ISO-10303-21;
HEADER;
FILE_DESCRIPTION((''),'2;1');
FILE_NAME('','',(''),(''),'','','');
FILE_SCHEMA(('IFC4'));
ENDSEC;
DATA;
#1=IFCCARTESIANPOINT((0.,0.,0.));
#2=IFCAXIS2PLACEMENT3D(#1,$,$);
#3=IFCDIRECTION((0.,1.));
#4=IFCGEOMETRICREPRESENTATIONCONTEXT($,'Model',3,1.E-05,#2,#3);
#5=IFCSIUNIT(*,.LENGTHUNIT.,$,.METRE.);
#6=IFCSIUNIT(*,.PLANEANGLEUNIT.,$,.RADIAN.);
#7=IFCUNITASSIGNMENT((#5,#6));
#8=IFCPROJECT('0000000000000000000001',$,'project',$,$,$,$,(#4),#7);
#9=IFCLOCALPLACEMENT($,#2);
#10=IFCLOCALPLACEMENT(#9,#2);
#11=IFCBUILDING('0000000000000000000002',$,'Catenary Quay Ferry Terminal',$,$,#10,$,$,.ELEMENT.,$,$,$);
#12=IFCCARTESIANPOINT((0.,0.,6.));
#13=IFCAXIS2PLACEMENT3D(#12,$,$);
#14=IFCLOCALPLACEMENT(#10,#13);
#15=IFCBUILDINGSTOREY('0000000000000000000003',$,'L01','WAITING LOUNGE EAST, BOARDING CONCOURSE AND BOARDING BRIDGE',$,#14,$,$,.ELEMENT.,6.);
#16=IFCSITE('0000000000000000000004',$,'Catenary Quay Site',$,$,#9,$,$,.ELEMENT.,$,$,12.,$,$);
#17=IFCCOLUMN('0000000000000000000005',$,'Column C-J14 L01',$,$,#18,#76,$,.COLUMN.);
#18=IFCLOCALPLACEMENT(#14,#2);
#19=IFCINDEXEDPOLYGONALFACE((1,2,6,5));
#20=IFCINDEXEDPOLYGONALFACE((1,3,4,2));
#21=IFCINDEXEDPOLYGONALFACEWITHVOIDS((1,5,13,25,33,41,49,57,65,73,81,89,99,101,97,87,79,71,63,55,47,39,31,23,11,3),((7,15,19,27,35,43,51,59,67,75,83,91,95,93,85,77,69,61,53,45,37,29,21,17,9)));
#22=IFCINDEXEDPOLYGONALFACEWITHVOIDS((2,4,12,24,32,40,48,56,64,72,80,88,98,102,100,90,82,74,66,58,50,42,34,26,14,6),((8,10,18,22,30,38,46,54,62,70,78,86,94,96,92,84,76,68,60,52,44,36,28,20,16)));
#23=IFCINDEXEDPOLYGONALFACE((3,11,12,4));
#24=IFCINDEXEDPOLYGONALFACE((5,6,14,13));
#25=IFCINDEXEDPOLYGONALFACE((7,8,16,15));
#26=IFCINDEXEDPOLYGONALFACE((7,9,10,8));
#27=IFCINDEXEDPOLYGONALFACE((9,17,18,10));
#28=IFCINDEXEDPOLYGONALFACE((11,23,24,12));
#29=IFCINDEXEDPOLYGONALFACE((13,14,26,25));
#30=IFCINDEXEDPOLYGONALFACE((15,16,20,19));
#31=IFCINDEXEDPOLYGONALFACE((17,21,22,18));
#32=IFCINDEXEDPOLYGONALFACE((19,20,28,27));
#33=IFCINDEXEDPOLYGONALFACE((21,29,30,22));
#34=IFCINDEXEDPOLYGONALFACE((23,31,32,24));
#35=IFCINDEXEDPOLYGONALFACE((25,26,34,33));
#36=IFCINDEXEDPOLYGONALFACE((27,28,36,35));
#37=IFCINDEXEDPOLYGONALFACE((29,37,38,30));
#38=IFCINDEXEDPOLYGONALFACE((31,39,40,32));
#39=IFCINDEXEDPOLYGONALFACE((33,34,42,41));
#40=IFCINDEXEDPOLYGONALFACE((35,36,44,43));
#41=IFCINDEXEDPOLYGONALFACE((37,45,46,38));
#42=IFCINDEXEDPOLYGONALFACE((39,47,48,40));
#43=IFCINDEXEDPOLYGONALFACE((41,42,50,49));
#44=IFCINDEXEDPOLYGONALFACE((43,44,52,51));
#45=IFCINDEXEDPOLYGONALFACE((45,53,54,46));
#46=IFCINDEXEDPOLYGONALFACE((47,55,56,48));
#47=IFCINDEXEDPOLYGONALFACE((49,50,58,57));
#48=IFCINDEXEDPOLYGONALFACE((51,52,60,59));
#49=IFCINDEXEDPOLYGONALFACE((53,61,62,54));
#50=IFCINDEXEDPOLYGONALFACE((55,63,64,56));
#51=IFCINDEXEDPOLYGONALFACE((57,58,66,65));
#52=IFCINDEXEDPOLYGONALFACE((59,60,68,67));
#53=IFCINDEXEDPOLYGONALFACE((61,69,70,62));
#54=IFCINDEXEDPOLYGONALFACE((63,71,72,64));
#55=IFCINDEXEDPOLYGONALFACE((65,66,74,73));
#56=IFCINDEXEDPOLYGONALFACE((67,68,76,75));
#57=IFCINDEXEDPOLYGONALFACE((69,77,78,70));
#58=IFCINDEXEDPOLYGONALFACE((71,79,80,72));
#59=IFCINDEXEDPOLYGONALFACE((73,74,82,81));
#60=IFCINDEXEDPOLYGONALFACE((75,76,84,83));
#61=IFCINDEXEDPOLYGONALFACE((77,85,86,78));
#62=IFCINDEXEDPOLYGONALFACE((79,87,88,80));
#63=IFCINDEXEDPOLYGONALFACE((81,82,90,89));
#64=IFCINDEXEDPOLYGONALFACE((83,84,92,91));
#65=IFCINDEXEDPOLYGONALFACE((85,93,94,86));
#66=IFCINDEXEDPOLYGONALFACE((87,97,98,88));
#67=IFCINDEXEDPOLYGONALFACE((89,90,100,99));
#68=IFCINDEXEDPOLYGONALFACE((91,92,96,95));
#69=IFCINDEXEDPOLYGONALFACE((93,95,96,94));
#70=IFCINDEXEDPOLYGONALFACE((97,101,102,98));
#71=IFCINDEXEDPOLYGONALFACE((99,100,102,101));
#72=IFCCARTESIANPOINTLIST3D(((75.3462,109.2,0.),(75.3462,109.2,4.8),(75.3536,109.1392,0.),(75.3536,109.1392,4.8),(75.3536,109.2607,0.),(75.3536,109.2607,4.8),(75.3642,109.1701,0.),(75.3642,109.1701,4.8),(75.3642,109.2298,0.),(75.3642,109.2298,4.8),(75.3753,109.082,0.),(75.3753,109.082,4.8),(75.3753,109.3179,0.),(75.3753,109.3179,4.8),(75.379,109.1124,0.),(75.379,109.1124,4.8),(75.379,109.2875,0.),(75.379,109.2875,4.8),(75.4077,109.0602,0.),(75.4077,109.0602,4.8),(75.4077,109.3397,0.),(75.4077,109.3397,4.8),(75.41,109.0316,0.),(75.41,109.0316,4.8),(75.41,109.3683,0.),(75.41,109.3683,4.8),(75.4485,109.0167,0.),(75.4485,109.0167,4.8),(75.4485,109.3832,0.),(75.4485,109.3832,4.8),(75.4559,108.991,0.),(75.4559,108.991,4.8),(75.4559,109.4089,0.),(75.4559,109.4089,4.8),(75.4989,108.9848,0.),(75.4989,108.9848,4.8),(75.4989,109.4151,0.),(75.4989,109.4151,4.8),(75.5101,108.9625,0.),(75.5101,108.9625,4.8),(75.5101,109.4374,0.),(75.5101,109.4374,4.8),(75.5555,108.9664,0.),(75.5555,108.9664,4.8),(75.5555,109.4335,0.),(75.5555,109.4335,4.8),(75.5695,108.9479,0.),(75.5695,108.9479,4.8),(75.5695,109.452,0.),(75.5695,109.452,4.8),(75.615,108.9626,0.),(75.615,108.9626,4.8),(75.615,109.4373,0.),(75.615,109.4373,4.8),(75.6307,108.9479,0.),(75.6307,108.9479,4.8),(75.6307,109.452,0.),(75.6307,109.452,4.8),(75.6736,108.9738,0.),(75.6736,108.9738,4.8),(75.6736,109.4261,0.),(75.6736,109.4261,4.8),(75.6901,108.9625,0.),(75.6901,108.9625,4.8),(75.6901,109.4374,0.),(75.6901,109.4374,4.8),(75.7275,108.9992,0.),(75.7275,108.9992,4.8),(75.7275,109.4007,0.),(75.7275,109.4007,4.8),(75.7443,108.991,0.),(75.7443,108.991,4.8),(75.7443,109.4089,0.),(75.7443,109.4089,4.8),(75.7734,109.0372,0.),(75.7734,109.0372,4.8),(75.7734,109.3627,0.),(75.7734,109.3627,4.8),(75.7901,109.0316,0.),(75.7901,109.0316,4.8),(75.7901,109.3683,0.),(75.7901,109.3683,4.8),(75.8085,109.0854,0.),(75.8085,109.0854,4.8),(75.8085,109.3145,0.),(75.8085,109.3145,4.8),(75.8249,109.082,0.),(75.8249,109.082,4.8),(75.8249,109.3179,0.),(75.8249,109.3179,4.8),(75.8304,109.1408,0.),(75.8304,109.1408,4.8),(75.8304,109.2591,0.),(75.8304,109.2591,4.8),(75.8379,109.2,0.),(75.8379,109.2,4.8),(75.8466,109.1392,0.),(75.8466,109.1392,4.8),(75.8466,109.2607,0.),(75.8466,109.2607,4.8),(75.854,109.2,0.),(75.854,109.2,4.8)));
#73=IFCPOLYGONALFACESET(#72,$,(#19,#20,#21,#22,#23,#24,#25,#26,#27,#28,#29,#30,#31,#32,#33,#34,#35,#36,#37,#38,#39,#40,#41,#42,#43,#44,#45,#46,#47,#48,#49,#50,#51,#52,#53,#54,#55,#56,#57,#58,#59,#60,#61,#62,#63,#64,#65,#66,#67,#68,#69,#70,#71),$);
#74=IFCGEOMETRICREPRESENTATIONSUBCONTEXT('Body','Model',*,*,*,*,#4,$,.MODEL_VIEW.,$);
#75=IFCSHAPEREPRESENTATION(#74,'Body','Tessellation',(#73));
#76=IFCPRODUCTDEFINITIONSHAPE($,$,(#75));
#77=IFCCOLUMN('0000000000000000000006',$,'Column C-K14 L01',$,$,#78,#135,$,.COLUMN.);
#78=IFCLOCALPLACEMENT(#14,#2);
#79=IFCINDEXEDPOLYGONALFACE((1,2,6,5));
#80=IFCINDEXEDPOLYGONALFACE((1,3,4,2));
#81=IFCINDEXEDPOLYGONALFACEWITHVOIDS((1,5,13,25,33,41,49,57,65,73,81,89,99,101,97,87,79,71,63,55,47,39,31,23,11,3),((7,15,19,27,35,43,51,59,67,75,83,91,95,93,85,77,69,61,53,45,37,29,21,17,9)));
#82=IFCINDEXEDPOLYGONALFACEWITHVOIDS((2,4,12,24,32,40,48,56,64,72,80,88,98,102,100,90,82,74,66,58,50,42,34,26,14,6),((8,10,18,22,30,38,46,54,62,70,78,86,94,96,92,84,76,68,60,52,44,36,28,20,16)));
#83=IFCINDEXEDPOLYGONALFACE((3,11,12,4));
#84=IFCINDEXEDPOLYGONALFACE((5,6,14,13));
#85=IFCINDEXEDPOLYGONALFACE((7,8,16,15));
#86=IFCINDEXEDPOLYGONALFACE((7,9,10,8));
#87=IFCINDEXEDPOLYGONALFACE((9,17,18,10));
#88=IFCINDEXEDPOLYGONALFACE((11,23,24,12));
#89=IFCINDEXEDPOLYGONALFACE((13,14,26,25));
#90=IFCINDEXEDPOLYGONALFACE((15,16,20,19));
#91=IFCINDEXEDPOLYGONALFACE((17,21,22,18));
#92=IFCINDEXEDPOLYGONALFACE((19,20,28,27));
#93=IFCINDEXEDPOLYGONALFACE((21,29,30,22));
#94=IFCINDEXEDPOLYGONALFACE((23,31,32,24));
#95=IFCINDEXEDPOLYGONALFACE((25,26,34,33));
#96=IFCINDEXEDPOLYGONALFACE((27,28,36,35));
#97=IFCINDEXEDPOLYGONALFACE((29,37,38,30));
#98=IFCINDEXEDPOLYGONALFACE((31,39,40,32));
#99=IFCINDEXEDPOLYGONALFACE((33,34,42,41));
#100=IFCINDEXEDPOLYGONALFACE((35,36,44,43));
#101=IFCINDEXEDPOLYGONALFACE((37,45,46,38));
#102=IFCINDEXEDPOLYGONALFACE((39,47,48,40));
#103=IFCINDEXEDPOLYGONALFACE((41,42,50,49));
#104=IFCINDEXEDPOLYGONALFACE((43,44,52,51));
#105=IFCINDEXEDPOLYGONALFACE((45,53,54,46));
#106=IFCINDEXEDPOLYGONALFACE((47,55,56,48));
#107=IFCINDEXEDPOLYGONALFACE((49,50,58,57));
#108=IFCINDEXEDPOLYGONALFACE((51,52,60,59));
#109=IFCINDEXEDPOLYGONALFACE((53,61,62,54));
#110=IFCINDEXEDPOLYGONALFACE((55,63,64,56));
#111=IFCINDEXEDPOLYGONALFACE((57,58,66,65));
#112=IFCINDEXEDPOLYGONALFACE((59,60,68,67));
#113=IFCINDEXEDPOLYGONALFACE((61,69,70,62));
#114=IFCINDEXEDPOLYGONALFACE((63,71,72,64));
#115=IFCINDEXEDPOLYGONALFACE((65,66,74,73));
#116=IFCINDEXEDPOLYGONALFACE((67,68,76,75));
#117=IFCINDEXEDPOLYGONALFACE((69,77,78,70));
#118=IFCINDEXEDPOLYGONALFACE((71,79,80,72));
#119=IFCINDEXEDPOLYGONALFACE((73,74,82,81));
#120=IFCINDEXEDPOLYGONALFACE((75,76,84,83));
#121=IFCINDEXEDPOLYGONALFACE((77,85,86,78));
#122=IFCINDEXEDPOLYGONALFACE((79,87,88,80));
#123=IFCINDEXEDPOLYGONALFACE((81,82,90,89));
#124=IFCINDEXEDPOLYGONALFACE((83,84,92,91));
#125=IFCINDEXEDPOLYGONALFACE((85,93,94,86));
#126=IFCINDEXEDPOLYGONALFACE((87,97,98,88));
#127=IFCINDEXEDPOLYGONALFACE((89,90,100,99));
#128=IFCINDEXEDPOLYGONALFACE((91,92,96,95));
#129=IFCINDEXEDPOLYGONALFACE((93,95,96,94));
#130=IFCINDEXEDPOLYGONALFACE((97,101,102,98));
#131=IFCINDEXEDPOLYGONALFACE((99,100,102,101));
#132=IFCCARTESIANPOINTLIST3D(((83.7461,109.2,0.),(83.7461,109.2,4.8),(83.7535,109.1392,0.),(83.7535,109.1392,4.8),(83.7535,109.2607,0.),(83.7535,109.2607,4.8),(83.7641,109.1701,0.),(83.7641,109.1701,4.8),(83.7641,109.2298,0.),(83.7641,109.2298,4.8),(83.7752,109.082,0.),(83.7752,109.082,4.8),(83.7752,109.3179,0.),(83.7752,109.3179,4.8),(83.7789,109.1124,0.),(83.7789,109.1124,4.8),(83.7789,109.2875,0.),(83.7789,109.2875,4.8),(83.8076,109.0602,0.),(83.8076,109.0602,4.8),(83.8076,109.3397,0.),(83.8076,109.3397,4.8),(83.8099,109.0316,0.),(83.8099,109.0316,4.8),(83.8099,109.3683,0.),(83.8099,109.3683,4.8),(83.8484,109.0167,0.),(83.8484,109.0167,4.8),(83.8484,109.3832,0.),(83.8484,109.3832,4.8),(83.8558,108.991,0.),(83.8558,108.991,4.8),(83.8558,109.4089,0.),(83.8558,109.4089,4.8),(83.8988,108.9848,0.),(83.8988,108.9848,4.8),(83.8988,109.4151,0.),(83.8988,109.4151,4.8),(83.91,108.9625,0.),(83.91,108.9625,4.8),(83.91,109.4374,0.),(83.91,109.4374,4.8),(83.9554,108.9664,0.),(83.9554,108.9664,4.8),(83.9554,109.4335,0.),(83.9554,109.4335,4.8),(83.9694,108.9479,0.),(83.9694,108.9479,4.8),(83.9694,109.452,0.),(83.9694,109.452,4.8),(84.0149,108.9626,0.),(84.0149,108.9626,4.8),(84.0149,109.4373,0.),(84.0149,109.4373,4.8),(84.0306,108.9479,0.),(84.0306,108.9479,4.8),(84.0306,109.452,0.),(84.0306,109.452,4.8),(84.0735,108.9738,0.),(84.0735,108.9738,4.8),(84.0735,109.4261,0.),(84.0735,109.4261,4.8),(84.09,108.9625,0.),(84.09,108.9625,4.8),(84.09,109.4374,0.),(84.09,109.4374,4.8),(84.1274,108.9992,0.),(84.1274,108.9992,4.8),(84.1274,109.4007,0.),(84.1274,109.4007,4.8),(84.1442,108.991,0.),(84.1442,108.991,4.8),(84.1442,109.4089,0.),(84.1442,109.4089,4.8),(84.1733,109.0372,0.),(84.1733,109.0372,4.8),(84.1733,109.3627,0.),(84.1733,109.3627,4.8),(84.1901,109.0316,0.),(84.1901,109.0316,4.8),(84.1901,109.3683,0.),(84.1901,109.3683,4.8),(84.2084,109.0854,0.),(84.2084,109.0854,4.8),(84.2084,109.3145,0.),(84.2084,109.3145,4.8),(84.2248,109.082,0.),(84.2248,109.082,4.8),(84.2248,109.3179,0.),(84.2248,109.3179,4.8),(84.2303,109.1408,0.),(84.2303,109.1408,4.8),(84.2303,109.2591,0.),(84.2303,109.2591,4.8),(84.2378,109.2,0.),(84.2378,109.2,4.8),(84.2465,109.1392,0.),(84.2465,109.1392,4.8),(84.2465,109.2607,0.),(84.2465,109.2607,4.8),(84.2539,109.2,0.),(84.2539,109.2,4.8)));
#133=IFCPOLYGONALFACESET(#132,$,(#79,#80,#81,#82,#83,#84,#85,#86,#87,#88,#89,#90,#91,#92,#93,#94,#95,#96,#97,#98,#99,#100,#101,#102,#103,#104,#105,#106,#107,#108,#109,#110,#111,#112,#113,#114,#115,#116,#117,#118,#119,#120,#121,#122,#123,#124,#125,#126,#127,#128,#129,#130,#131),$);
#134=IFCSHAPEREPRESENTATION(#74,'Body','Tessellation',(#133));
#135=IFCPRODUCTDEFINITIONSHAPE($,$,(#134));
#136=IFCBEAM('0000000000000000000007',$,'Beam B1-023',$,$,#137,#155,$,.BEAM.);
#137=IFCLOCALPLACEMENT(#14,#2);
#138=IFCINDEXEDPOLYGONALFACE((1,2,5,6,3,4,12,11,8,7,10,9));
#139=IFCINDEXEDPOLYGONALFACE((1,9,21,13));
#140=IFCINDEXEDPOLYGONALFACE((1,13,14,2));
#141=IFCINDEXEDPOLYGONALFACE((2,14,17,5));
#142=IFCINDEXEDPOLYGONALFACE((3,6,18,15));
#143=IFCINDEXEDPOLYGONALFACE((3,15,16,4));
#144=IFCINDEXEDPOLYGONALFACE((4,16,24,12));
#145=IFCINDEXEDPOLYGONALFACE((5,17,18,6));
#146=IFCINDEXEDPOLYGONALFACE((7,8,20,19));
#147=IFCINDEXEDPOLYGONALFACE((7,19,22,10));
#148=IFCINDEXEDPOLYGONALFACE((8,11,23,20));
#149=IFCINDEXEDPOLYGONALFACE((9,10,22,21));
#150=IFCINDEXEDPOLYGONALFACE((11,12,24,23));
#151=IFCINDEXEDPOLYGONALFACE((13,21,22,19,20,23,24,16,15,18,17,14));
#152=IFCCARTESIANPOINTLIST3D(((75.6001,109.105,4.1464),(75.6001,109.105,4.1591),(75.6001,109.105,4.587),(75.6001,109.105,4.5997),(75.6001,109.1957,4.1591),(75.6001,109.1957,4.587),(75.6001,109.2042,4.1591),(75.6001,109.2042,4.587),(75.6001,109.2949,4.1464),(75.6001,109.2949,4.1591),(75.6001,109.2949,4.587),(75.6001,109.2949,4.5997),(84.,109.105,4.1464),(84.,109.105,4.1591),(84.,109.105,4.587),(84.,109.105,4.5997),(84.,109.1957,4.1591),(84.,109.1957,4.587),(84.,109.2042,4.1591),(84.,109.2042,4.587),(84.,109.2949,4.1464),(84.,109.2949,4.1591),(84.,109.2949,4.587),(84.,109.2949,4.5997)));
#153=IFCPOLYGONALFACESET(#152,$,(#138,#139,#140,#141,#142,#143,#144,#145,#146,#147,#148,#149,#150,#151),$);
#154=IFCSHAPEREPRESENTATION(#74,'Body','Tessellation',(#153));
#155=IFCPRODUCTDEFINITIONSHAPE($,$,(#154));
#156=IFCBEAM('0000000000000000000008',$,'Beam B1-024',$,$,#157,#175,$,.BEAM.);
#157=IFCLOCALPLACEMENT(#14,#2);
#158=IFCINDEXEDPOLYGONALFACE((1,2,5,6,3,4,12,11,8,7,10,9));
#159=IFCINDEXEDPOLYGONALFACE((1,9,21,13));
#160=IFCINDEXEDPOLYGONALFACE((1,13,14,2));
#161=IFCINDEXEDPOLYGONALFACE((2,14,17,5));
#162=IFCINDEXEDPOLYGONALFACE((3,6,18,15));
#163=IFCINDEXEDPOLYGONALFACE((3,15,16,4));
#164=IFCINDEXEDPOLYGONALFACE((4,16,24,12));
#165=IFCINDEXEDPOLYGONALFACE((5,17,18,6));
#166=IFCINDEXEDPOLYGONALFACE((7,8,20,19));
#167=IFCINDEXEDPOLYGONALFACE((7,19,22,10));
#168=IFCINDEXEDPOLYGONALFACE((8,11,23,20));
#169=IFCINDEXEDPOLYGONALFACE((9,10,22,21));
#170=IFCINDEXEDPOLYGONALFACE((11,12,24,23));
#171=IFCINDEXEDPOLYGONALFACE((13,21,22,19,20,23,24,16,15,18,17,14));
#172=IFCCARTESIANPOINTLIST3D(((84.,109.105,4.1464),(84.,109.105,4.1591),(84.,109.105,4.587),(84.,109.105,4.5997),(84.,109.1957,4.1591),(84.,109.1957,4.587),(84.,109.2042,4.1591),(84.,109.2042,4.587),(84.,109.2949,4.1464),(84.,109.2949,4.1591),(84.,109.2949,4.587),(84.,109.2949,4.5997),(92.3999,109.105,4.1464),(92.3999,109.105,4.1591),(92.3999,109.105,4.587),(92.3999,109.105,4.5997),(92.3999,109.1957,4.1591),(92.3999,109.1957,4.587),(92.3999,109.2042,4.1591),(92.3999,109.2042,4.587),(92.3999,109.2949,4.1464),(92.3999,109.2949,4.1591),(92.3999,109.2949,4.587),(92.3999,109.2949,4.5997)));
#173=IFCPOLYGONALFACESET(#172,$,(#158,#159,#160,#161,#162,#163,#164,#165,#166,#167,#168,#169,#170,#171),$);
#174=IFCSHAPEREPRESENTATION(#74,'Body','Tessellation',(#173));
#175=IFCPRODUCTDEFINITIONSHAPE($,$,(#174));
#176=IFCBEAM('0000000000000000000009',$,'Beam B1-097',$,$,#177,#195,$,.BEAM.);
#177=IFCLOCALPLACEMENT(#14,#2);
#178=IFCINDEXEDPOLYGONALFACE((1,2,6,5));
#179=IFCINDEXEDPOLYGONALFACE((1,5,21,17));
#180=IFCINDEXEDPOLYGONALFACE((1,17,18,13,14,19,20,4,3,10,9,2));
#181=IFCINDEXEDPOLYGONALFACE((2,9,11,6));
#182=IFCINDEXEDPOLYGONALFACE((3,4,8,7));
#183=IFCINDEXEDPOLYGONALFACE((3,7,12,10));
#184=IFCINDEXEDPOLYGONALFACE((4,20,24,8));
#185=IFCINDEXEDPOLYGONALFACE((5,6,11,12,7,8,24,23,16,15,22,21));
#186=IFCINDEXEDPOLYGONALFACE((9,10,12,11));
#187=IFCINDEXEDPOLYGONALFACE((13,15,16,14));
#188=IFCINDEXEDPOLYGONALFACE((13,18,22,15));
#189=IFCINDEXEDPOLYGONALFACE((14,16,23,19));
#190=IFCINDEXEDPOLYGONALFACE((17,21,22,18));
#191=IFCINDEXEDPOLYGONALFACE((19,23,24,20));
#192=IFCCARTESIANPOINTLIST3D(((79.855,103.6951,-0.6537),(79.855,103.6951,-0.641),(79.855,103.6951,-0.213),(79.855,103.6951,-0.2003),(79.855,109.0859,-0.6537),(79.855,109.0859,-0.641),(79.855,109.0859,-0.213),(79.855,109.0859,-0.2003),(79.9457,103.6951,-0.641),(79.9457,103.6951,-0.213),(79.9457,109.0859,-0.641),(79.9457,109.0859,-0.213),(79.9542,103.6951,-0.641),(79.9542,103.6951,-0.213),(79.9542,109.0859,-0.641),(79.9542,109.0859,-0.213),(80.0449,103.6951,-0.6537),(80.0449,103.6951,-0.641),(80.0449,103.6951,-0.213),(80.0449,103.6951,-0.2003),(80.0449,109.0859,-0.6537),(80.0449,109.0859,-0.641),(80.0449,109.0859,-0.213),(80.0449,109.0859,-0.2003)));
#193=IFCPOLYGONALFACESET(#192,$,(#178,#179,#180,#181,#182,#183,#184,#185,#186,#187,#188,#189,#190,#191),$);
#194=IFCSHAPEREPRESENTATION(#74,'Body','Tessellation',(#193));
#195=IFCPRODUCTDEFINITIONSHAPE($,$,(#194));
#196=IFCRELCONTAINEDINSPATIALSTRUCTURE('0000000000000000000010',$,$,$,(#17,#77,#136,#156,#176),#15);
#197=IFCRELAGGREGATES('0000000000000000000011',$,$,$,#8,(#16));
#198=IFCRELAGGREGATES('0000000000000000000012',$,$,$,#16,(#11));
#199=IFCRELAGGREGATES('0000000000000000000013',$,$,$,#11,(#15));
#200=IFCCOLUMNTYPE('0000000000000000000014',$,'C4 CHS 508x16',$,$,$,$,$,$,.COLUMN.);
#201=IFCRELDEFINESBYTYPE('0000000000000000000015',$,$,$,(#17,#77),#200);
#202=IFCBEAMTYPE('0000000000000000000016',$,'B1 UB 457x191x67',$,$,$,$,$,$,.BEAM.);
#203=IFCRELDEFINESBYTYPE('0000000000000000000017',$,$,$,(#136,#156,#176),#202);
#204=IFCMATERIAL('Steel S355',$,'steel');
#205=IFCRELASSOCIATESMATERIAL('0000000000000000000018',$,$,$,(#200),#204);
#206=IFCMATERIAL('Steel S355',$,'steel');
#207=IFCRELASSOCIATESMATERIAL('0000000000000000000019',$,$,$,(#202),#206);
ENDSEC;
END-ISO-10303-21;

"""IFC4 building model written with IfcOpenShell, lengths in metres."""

from ifc_helpers import new_model, si_unit, direction, frame, origin, origin_2d, place, context, subcontext, project, spatial, hollow_circle, i_section, extrude, material, material_profile, profile_set, type_object, element, save


model = new_model("IFC4")

# Units and contexts
model_context = context("Model", 3, precision=1e-05, world=origin(), true_north=direction((0.0, 1.0)))
body_context = subcontext(model_context, "Body", "Model", "MODEL_VIEW")
ifc_project = project(units=[si_unit("LENGTHUNIT", "METRE"), si_unit("PLANEANGLEUNIT", "RADIAN")], contexts=[model_context])

# Site, building, storey
site_placement = place(None, origin())
site = spatial("IfcSite", under=ifc_project, at=site_placement, Name="Catenary Quay Site", CompositionType="ELEMENT", RefElevation=12.0)
building_placement = place(site_placement, origin())
building = spatial("IfcBuilding", under=site, at=building_placement, Name="Catenary Quay Ferry Terminal", CompositionType="ELEMENT")
storey_placement = place(building_placement, frame((0.0, 0.0, 6.0)))
storey = spatial("IfcBuildingStorey", under=building, at=storey_placement, Name="L01", Description="WAITING LOUNGE EAST, BOARDING CONCOURSE AND BOARDING BRIDGE", CompositionType="ELEMENT", Elevation=6.0)

# Columns
ifc_material_1 = material(Name="Steel S355", Category="steel")
ifc_material_profile_1 = material_profile(ifc_material_1, hollow_circle(Radius=0.2539, WallThickness=0.0161, at=origin_2d()), Name="CHS 508x16")
ifc_profile_set_1 = profile_set([ifc_material_profile_1], Name="Steel S355")
column_type = type_object("IfcColumnType", Name="C4 CHS 508x16", PredefinedType="COLUMN", material=ifc_profile_set_1)
for number, where, z_axis, x_axis, name in (
    (1, (75.6001, 109.2, 0.0), (0.0, 0.0, 1.0), (1.0, 0.0, 0.0), "Column C-J14 L01"),
    (2, (84.0, 109.2, 0.0), (0.0, 0.0, 1.0), (1.0, 0.0, 0.0), "Column C-K14 L01"),
):
    element("IfcColumn", number, at=place(storey_placement, frame(where, z_axis=z_axis, x_axis=x_axis)), inside=storey, type_object=column_type, Name=name, PredefinedType="COLUMN", context=body_context, shape_type="SweptSolid", body=[
        extrude(hollow_circle(Radius=0.2539, WallThickness=0.0161, at=origin_2d()), origin(), (0.0, 0.0, 1.0), 4.8),
    ])

# Beams
ifc_material_2 = material(Name="Steel S355", Category="steel")
ifc_material_profile_2 = material_profile(ifc_material_2, i_section(OverallWidth=0.1899, OverallDepth=0.4534, WebThickness=0.0085, FlangeThickness=0.0127, at=origin_2d()), Name="UB 457x191x67")
ifc_profile_set_2 = profile_set([ifc_material_profile_2], Name="Steel S355")
beam_type_1 = type_object("IfcBeamType", Name="B1 UB 457x191x67", PredefinedType="BEAM", material=ifc_profile_set_2)
for number, where, z_axis, x_axis, name in (
    (3, (75.6001, 109.2, 4.373), (1.0, 0.0, 0.0), (0.0, 1.0, 0.0), "Beam B1-023"),
    (4, (84.0, 109.2, 4.373), (1.0, 0.0, 0.0), (0.0, 1.0, 0.0), "Beam B1-024"),
):
    element("IfcBeam", number, at=place(storey_placement, frame(where, z_axis=z_axis, x_axis=x_axis)), inside=storey, type_object=beam_type_1, Name=name, PredefinedType="BEAM", context=body_context, shape_type="SweptSolid", body=[
        extrude(i_section(OverallWidth=0.1899, OverallDepth=0.4534, WebThickness=0.0085, FlangeThickness=0.0127, at=origin_2d()), origin(), (0.0, 0.0, 1.0), 8.3999),
    ])
for number, where, z_axis, x_axis, name in (
    (5, (79.95, 103.6951, -0.427), (0.0, 1.0, 0.0), (-1.0, 0.0, 0.0), "Beam B1-097"),
):
    element("IfcBeam", number, at=place(storey_placement, frame(where, z_axis=z_axis, x_axis=x_axis)), inside=storey, type_object=beam_type_1, Name=name, PredefinedType="BEAM", context=body_context, shape_type="SweptSolid", body=[
        extrude(i_section(OverallWidth=0.1899, OverallDepth=0.4534, WebThickness=0.0085, FlangeThickness=0.0127, at=origin_2d()), origin(), (0.0, 0.0, 1.0), 5.3909),
    ])

save(model, "model.ifc")
